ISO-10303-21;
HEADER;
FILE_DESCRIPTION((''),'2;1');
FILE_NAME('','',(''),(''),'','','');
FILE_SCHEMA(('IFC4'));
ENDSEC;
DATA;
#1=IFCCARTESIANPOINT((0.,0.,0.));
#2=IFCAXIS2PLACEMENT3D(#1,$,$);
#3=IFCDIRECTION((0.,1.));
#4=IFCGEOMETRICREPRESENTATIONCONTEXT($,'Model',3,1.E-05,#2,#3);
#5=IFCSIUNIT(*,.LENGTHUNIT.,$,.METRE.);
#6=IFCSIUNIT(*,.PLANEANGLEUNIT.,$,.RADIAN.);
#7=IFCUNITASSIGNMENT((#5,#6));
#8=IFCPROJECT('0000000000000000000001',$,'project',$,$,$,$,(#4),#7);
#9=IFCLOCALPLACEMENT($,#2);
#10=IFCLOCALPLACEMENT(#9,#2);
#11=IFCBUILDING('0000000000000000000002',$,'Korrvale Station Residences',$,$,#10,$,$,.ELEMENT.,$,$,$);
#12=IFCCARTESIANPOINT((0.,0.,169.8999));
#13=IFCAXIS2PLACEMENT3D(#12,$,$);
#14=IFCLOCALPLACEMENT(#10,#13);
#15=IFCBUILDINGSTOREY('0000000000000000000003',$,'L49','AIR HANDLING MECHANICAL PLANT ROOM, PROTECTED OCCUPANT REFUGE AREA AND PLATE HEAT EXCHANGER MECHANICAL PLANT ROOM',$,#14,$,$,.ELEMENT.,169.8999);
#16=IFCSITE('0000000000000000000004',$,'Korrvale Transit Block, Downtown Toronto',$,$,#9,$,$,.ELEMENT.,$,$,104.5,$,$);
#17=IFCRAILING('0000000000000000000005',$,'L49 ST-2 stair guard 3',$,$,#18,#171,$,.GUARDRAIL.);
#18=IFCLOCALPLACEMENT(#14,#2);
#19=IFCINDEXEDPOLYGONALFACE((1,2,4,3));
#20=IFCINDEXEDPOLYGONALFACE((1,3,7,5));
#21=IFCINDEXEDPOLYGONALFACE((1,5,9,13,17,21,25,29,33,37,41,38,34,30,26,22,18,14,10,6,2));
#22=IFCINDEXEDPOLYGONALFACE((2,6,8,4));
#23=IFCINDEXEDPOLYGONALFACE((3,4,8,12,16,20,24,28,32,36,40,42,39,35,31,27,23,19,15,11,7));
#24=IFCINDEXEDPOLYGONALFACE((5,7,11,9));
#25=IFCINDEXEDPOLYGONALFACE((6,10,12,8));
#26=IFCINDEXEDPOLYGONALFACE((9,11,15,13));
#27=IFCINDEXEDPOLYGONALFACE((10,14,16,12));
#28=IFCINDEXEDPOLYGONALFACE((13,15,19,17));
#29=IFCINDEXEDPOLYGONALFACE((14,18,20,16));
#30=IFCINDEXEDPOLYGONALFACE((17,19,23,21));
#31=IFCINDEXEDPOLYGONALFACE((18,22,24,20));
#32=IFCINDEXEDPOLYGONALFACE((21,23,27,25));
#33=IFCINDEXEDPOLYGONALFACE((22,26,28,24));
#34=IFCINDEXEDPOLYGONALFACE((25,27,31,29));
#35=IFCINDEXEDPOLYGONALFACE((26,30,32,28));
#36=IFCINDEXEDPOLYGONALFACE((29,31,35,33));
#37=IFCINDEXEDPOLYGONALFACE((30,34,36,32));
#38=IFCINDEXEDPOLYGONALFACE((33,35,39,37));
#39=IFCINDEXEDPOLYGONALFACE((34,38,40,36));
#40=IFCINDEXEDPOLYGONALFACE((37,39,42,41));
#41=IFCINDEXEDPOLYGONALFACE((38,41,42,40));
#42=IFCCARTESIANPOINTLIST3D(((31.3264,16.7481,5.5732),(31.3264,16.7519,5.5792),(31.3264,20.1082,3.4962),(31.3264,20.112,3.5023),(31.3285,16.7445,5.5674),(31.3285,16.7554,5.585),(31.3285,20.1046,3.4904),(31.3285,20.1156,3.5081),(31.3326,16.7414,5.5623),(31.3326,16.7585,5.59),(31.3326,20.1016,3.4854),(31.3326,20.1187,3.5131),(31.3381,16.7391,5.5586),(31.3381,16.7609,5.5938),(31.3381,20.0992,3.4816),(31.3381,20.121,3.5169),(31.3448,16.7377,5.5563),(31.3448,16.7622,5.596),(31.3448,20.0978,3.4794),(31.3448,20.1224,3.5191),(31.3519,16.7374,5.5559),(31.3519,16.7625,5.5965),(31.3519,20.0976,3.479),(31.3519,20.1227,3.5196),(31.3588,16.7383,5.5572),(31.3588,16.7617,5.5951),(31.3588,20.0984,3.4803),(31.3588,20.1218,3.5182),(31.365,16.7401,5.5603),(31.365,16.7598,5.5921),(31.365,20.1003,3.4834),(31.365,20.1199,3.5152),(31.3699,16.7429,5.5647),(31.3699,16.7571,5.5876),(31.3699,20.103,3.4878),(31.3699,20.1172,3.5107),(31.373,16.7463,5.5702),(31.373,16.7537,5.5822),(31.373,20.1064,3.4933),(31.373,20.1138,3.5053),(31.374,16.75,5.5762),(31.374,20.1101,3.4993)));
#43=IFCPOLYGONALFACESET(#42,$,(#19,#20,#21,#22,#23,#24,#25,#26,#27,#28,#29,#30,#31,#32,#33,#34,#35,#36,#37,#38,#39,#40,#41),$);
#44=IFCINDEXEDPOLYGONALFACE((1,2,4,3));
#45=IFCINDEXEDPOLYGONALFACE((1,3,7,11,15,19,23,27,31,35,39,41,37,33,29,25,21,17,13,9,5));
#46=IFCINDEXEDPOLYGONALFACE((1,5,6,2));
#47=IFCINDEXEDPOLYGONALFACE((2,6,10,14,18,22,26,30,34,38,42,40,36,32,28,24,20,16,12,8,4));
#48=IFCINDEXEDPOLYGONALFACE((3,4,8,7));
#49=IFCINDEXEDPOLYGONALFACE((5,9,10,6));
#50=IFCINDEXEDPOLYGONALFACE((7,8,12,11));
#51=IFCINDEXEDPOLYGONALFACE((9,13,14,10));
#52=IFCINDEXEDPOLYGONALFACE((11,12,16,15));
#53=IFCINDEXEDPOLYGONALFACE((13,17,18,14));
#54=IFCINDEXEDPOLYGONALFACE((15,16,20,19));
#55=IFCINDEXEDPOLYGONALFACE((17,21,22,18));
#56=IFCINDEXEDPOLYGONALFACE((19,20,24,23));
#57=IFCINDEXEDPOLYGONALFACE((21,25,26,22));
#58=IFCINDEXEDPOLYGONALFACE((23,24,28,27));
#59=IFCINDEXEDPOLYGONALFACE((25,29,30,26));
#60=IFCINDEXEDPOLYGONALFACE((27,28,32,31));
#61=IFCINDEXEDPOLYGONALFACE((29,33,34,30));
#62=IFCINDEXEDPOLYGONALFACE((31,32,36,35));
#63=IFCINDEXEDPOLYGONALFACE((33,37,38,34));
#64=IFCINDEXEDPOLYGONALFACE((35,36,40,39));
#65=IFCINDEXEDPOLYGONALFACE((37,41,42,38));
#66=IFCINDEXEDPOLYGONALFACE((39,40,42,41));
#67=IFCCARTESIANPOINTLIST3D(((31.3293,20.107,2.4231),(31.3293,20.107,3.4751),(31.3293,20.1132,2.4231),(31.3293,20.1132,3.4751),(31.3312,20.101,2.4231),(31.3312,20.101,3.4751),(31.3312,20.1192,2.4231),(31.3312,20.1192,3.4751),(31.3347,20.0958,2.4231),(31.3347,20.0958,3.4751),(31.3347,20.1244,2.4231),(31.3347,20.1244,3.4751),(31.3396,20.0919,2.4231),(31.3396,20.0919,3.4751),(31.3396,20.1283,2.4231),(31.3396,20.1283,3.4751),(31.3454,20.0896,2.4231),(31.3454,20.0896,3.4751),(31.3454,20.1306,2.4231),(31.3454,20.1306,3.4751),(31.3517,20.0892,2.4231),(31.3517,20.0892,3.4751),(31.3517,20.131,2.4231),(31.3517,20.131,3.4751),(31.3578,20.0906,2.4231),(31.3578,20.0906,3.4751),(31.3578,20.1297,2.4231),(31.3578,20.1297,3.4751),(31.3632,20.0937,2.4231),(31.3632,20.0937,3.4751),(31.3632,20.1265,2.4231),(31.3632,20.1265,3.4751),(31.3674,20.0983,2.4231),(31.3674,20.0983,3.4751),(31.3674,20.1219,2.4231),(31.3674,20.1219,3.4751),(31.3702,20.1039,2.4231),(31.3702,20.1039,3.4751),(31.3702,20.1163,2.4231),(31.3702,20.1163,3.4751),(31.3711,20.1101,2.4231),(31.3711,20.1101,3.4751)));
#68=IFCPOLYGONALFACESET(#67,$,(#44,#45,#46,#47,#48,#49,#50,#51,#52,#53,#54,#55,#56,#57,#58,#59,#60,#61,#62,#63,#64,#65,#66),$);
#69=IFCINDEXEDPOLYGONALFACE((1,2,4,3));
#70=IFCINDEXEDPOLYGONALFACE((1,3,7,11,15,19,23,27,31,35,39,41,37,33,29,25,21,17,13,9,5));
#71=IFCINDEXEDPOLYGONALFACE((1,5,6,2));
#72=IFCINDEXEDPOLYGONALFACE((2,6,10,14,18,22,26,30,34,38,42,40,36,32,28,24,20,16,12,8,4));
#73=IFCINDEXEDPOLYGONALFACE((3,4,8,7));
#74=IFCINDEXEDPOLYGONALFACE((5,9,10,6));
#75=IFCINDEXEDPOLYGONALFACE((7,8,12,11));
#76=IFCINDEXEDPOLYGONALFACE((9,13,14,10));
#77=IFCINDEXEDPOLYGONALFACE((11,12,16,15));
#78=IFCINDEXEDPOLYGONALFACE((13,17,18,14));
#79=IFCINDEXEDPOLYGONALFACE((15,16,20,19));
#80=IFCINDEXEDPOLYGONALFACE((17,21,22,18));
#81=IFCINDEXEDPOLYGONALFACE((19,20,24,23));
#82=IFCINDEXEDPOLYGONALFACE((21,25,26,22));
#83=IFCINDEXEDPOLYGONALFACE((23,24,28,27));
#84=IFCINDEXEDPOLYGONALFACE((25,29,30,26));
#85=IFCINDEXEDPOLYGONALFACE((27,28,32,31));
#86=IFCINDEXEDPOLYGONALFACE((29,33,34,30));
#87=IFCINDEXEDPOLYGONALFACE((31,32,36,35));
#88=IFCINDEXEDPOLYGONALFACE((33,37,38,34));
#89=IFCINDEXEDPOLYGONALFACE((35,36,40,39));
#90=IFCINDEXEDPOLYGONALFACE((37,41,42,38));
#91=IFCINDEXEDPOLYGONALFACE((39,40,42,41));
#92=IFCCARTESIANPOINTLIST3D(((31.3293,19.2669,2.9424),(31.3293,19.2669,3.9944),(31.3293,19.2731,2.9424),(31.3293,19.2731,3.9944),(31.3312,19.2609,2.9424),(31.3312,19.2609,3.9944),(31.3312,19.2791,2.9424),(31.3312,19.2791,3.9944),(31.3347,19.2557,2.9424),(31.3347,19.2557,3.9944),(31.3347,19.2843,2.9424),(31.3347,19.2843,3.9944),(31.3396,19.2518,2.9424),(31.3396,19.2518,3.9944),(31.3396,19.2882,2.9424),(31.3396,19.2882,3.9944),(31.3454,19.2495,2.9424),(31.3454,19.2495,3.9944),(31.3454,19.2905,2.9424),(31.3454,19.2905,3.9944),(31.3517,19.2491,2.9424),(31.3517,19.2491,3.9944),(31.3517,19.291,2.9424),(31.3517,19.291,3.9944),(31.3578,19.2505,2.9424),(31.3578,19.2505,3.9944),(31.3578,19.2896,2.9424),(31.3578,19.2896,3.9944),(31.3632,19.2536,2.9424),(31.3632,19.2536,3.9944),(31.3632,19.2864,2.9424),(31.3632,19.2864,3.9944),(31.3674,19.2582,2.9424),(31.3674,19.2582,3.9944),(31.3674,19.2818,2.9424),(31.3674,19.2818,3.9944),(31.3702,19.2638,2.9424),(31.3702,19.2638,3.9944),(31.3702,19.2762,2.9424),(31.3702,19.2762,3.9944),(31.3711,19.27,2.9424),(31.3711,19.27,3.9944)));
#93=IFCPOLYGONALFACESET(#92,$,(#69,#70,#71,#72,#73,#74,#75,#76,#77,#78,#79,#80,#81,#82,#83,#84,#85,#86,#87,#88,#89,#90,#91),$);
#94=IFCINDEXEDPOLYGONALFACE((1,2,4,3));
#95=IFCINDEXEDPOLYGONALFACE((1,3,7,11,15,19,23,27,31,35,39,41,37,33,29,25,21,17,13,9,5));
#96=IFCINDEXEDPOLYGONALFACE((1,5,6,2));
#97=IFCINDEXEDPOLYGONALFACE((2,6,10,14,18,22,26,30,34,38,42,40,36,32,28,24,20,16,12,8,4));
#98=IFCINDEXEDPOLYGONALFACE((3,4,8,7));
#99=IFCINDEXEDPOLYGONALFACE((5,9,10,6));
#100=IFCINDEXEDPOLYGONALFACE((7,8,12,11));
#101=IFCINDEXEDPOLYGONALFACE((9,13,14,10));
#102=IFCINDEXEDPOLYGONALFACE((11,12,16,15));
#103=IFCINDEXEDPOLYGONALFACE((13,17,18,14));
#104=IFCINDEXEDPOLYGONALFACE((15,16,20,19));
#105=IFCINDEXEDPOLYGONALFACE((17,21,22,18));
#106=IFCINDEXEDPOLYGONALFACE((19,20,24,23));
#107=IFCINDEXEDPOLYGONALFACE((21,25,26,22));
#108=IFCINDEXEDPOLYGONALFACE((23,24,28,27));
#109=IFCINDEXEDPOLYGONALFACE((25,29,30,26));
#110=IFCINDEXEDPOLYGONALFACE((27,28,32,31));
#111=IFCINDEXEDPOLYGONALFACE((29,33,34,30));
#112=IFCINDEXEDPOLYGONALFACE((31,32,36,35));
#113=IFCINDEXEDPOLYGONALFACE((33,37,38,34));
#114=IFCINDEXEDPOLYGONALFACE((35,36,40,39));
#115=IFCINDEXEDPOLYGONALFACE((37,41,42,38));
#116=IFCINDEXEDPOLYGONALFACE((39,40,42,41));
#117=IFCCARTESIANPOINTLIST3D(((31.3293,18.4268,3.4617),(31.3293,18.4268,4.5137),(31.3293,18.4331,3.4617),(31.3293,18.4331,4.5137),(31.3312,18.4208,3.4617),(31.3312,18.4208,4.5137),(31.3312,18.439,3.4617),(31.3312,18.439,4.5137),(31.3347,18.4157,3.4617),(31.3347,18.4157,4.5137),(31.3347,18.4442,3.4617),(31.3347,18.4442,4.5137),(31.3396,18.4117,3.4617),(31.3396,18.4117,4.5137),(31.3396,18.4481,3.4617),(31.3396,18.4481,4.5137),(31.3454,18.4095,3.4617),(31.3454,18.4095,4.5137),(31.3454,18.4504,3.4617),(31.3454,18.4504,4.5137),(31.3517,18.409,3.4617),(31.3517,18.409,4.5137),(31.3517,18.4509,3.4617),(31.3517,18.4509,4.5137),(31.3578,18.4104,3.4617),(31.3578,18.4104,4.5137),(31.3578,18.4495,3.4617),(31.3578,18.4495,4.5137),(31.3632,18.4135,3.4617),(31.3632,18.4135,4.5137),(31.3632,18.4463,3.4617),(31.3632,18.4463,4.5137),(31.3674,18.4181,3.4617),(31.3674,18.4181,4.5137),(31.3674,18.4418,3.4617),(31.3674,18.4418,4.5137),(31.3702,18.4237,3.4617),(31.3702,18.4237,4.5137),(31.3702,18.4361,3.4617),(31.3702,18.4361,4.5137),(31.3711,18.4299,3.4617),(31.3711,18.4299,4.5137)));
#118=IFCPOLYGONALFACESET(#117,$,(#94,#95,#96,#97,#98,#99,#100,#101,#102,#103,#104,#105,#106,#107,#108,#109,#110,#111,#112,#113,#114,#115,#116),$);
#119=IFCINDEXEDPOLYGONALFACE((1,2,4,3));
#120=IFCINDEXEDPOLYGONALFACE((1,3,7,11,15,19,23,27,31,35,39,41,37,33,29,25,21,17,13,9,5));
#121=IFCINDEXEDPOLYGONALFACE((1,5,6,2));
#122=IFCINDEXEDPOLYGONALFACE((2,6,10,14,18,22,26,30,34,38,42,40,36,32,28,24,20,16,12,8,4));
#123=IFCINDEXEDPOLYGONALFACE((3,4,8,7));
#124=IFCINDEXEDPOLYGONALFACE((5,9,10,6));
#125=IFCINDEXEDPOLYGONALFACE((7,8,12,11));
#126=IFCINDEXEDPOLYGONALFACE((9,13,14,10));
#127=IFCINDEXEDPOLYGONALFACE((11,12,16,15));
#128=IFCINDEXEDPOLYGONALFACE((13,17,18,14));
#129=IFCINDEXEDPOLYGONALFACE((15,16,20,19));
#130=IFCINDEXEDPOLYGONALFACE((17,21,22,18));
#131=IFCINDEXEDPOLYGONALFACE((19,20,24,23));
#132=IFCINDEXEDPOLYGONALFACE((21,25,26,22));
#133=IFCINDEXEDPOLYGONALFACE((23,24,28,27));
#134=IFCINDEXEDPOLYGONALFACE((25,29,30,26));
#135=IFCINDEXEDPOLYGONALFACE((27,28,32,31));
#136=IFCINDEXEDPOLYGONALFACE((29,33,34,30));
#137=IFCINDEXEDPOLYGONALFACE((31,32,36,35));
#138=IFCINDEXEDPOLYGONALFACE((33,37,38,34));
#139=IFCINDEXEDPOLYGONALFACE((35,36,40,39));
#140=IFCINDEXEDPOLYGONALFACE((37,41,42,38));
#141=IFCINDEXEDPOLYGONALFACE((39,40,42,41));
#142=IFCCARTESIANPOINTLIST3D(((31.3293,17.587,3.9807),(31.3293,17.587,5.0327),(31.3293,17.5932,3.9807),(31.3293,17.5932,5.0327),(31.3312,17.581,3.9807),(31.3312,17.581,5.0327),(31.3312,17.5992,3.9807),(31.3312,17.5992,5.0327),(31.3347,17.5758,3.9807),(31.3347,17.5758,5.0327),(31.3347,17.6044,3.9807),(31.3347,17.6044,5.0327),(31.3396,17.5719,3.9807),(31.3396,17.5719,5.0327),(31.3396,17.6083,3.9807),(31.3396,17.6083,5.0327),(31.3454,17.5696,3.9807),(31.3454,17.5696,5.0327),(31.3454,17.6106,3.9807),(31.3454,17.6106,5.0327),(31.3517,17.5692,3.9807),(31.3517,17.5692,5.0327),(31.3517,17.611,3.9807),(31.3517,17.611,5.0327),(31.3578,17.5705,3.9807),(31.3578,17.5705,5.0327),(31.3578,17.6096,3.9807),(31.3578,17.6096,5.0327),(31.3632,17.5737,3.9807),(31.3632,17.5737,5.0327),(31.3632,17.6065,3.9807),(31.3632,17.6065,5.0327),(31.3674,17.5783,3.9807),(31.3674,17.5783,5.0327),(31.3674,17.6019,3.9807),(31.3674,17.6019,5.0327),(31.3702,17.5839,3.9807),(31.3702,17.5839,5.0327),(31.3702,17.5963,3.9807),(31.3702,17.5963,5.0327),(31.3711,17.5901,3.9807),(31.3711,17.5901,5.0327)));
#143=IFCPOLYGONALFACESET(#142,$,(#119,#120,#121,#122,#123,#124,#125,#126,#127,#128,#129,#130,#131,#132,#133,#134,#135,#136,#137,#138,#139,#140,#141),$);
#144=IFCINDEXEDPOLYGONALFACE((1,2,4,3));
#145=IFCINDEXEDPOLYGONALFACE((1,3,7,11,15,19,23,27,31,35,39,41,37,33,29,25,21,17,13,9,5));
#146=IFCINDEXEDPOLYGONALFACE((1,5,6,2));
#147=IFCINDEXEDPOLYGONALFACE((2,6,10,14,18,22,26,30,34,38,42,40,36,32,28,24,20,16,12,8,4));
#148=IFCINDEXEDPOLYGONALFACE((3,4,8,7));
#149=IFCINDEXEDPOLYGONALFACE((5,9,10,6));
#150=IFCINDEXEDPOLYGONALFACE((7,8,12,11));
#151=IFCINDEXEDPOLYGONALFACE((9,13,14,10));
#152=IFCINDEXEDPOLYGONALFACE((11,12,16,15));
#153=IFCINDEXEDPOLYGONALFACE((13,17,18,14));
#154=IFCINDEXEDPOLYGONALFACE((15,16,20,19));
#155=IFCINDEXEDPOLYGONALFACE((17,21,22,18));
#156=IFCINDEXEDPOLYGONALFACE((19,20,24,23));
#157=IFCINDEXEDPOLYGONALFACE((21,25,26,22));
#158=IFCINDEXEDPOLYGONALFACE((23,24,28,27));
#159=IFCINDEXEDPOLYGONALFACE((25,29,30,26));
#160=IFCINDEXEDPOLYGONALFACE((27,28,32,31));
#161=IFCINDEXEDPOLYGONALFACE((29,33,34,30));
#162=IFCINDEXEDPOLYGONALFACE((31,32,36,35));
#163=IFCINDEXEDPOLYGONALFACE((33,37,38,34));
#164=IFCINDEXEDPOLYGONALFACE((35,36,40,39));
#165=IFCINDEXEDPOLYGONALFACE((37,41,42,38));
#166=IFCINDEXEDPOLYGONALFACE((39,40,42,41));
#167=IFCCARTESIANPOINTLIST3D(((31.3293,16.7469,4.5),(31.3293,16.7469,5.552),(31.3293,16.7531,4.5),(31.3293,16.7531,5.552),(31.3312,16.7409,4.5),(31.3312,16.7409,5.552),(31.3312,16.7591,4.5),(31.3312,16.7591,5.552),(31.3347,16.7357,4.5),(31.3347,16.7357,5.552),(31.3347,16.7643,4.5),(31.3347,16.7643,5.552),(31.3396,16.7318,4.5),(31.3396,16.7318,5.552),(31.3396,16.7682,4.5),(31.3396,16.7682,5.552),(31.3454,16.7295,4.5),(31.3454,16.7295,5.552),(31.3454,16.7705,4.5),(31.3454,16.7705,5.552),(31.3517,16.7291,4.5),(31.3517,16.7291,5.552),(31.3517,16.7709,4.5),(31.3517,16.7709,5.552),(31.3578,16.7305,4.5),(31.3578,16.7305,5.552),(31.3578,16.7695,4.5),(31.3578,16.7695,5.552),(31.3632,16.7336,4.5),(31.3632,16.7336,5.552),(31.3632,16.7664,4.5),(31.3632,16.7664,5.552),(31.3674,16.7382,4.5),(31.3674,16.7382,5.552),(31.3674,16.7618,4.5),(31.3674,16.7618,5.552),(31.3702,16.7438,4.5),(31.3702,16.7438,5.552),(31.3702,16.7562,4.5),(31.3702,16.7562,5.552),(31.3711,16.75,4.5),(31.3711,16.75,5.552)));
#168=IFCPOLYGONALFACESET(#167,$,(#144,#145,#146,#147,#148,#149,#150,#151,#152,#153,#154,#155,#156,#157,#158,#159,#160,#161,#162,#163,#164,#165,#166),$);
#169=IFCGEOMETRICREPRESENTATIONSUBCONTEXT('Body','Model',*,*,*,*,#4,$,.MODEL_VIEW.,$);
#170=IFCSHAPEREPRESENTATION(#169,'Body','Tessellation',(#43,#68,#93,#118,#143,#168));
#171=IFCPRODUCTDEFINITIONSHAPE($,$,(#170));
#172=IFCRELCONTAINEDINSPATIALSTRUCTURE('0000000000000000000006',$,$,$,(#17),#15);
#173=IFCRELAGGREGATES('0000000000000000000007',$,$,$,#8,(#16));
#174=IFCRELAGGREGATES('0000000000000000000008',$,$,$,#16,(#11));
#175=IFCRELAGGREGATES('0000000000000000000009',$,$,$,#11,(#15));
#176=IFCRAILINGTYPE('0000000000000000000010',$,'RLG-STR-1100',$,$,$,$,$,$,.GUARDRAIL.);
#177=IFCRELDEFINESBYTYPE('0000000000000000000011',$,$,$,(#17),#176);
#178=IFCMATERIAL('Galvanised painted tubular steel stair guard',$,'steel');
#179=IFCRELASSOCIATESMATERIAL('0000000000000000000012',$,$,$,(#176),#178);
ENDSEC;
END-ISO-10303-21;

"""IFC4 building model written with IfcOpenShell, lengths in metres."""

from ifc_helpers import new_model, si_unit, direction, frame, origin, origin_2d, place, context, subcontext, project, spatial, circle, extrude, material, type_object, element, save


model = new_model("IFC4")

# Units and contexts
model_context = context("Model", 3, precision=1e-05, world=origin(), true_north=direction((0.0, 1.0)))
body_context = subcontext(model_context, "Body", "Model", "MODEL_VIEW")
ifc_project = project(units=[si_unit("LENGTHUNIT", "METRE"), si_unit("PLANEANGLEUNIT", "RADIAN")], contexts=[model_context])

# Site, building, storey
site_placement = place(None, origin())
site = spatial("IfcSite", under=ifc_project, at=site_placement, Name="Korrvale Transit Block, Downtown Toronto", CompositionType="ELEMENT", RefElevation=104.5)
building_placement = place(site_placement, origin())
building = spatial("IfcBuilding", under=site, at=building_placement, Name="Korrvale Station Residences", CompositionType="ELEMENT")
storey_placement = place(building_placement, frame((0.0, 0.0, 169.8999)))
storey = spatial("IfcBuildingStorey", under=building, at=storey_placement, Name="L49", Description="AIR HANDLING MECHANICAL PLANT ROOM, PROTECTED OCCUPANT REFUGE AREA AND PLATE HEAT EXCHANGER MECHANICAL PLANT ROOM", CompositionType="ELEMENT", Elevation=169.8999)

# Railing
ifc_material_1 = material(Name="Galvanised painted tubular steel stair guard", Category="steel")
railing_type_1 = type_object("IfcRailingType", Name="RLG-STR-1100", PredefinedType="GUARDRAIL", material=ifc_material_1)
railing_1_placement = place(storey_placement, frame((31.3501, 20.1101, 2.4231)))
element("IfcRailing", 1, at=railing_1_placement, inside=storey, type_object=railing_type_1, Name="L49 ST-2 stair guard 3", PredefinedType="GUARDRAIL", context=body_context, shape_type="SweptSolid", body=[
    extrude(circle(Radius=0.0239, at=origin_2d()), frame((0.0, 0.0, 1.0762), z_axis=(0.0, -0.850623, 0.525776), x_axis=(1.0, 0.0, 0.0)), (0.0, 0.0, 1.0), 3.9502),
    extrude(circle(Radius=0.021, at=origin_2d()), origin(), (0.0, 0.0, 1.0), 1.052),
    extrude(circle(Radius=0.021, at=origin_2d()), frame((0.0, -0.8401, 0.5193)), (0.0, 0.0, 1.0), 1.052),
    extrude(circle(Radius=0.021, at=origin_2d()), frame((0.0, -1.6802, 1.0386)), (0.0, 0.0, 1.0), 1.052),
    extrude(circle(Radius=0.021, at=origin_2d()), frame((0.0, -2.52, 1.5576)), (0.0, 0.0, 1.0), 1.052),
    extrude(circle(Radius=0.021, at=origin_2d()), frame((0.0, -3.3601, 2.0769)), (0.0, 0.0, 1.0), 1.052),
])

save(model, "model.ifc")
